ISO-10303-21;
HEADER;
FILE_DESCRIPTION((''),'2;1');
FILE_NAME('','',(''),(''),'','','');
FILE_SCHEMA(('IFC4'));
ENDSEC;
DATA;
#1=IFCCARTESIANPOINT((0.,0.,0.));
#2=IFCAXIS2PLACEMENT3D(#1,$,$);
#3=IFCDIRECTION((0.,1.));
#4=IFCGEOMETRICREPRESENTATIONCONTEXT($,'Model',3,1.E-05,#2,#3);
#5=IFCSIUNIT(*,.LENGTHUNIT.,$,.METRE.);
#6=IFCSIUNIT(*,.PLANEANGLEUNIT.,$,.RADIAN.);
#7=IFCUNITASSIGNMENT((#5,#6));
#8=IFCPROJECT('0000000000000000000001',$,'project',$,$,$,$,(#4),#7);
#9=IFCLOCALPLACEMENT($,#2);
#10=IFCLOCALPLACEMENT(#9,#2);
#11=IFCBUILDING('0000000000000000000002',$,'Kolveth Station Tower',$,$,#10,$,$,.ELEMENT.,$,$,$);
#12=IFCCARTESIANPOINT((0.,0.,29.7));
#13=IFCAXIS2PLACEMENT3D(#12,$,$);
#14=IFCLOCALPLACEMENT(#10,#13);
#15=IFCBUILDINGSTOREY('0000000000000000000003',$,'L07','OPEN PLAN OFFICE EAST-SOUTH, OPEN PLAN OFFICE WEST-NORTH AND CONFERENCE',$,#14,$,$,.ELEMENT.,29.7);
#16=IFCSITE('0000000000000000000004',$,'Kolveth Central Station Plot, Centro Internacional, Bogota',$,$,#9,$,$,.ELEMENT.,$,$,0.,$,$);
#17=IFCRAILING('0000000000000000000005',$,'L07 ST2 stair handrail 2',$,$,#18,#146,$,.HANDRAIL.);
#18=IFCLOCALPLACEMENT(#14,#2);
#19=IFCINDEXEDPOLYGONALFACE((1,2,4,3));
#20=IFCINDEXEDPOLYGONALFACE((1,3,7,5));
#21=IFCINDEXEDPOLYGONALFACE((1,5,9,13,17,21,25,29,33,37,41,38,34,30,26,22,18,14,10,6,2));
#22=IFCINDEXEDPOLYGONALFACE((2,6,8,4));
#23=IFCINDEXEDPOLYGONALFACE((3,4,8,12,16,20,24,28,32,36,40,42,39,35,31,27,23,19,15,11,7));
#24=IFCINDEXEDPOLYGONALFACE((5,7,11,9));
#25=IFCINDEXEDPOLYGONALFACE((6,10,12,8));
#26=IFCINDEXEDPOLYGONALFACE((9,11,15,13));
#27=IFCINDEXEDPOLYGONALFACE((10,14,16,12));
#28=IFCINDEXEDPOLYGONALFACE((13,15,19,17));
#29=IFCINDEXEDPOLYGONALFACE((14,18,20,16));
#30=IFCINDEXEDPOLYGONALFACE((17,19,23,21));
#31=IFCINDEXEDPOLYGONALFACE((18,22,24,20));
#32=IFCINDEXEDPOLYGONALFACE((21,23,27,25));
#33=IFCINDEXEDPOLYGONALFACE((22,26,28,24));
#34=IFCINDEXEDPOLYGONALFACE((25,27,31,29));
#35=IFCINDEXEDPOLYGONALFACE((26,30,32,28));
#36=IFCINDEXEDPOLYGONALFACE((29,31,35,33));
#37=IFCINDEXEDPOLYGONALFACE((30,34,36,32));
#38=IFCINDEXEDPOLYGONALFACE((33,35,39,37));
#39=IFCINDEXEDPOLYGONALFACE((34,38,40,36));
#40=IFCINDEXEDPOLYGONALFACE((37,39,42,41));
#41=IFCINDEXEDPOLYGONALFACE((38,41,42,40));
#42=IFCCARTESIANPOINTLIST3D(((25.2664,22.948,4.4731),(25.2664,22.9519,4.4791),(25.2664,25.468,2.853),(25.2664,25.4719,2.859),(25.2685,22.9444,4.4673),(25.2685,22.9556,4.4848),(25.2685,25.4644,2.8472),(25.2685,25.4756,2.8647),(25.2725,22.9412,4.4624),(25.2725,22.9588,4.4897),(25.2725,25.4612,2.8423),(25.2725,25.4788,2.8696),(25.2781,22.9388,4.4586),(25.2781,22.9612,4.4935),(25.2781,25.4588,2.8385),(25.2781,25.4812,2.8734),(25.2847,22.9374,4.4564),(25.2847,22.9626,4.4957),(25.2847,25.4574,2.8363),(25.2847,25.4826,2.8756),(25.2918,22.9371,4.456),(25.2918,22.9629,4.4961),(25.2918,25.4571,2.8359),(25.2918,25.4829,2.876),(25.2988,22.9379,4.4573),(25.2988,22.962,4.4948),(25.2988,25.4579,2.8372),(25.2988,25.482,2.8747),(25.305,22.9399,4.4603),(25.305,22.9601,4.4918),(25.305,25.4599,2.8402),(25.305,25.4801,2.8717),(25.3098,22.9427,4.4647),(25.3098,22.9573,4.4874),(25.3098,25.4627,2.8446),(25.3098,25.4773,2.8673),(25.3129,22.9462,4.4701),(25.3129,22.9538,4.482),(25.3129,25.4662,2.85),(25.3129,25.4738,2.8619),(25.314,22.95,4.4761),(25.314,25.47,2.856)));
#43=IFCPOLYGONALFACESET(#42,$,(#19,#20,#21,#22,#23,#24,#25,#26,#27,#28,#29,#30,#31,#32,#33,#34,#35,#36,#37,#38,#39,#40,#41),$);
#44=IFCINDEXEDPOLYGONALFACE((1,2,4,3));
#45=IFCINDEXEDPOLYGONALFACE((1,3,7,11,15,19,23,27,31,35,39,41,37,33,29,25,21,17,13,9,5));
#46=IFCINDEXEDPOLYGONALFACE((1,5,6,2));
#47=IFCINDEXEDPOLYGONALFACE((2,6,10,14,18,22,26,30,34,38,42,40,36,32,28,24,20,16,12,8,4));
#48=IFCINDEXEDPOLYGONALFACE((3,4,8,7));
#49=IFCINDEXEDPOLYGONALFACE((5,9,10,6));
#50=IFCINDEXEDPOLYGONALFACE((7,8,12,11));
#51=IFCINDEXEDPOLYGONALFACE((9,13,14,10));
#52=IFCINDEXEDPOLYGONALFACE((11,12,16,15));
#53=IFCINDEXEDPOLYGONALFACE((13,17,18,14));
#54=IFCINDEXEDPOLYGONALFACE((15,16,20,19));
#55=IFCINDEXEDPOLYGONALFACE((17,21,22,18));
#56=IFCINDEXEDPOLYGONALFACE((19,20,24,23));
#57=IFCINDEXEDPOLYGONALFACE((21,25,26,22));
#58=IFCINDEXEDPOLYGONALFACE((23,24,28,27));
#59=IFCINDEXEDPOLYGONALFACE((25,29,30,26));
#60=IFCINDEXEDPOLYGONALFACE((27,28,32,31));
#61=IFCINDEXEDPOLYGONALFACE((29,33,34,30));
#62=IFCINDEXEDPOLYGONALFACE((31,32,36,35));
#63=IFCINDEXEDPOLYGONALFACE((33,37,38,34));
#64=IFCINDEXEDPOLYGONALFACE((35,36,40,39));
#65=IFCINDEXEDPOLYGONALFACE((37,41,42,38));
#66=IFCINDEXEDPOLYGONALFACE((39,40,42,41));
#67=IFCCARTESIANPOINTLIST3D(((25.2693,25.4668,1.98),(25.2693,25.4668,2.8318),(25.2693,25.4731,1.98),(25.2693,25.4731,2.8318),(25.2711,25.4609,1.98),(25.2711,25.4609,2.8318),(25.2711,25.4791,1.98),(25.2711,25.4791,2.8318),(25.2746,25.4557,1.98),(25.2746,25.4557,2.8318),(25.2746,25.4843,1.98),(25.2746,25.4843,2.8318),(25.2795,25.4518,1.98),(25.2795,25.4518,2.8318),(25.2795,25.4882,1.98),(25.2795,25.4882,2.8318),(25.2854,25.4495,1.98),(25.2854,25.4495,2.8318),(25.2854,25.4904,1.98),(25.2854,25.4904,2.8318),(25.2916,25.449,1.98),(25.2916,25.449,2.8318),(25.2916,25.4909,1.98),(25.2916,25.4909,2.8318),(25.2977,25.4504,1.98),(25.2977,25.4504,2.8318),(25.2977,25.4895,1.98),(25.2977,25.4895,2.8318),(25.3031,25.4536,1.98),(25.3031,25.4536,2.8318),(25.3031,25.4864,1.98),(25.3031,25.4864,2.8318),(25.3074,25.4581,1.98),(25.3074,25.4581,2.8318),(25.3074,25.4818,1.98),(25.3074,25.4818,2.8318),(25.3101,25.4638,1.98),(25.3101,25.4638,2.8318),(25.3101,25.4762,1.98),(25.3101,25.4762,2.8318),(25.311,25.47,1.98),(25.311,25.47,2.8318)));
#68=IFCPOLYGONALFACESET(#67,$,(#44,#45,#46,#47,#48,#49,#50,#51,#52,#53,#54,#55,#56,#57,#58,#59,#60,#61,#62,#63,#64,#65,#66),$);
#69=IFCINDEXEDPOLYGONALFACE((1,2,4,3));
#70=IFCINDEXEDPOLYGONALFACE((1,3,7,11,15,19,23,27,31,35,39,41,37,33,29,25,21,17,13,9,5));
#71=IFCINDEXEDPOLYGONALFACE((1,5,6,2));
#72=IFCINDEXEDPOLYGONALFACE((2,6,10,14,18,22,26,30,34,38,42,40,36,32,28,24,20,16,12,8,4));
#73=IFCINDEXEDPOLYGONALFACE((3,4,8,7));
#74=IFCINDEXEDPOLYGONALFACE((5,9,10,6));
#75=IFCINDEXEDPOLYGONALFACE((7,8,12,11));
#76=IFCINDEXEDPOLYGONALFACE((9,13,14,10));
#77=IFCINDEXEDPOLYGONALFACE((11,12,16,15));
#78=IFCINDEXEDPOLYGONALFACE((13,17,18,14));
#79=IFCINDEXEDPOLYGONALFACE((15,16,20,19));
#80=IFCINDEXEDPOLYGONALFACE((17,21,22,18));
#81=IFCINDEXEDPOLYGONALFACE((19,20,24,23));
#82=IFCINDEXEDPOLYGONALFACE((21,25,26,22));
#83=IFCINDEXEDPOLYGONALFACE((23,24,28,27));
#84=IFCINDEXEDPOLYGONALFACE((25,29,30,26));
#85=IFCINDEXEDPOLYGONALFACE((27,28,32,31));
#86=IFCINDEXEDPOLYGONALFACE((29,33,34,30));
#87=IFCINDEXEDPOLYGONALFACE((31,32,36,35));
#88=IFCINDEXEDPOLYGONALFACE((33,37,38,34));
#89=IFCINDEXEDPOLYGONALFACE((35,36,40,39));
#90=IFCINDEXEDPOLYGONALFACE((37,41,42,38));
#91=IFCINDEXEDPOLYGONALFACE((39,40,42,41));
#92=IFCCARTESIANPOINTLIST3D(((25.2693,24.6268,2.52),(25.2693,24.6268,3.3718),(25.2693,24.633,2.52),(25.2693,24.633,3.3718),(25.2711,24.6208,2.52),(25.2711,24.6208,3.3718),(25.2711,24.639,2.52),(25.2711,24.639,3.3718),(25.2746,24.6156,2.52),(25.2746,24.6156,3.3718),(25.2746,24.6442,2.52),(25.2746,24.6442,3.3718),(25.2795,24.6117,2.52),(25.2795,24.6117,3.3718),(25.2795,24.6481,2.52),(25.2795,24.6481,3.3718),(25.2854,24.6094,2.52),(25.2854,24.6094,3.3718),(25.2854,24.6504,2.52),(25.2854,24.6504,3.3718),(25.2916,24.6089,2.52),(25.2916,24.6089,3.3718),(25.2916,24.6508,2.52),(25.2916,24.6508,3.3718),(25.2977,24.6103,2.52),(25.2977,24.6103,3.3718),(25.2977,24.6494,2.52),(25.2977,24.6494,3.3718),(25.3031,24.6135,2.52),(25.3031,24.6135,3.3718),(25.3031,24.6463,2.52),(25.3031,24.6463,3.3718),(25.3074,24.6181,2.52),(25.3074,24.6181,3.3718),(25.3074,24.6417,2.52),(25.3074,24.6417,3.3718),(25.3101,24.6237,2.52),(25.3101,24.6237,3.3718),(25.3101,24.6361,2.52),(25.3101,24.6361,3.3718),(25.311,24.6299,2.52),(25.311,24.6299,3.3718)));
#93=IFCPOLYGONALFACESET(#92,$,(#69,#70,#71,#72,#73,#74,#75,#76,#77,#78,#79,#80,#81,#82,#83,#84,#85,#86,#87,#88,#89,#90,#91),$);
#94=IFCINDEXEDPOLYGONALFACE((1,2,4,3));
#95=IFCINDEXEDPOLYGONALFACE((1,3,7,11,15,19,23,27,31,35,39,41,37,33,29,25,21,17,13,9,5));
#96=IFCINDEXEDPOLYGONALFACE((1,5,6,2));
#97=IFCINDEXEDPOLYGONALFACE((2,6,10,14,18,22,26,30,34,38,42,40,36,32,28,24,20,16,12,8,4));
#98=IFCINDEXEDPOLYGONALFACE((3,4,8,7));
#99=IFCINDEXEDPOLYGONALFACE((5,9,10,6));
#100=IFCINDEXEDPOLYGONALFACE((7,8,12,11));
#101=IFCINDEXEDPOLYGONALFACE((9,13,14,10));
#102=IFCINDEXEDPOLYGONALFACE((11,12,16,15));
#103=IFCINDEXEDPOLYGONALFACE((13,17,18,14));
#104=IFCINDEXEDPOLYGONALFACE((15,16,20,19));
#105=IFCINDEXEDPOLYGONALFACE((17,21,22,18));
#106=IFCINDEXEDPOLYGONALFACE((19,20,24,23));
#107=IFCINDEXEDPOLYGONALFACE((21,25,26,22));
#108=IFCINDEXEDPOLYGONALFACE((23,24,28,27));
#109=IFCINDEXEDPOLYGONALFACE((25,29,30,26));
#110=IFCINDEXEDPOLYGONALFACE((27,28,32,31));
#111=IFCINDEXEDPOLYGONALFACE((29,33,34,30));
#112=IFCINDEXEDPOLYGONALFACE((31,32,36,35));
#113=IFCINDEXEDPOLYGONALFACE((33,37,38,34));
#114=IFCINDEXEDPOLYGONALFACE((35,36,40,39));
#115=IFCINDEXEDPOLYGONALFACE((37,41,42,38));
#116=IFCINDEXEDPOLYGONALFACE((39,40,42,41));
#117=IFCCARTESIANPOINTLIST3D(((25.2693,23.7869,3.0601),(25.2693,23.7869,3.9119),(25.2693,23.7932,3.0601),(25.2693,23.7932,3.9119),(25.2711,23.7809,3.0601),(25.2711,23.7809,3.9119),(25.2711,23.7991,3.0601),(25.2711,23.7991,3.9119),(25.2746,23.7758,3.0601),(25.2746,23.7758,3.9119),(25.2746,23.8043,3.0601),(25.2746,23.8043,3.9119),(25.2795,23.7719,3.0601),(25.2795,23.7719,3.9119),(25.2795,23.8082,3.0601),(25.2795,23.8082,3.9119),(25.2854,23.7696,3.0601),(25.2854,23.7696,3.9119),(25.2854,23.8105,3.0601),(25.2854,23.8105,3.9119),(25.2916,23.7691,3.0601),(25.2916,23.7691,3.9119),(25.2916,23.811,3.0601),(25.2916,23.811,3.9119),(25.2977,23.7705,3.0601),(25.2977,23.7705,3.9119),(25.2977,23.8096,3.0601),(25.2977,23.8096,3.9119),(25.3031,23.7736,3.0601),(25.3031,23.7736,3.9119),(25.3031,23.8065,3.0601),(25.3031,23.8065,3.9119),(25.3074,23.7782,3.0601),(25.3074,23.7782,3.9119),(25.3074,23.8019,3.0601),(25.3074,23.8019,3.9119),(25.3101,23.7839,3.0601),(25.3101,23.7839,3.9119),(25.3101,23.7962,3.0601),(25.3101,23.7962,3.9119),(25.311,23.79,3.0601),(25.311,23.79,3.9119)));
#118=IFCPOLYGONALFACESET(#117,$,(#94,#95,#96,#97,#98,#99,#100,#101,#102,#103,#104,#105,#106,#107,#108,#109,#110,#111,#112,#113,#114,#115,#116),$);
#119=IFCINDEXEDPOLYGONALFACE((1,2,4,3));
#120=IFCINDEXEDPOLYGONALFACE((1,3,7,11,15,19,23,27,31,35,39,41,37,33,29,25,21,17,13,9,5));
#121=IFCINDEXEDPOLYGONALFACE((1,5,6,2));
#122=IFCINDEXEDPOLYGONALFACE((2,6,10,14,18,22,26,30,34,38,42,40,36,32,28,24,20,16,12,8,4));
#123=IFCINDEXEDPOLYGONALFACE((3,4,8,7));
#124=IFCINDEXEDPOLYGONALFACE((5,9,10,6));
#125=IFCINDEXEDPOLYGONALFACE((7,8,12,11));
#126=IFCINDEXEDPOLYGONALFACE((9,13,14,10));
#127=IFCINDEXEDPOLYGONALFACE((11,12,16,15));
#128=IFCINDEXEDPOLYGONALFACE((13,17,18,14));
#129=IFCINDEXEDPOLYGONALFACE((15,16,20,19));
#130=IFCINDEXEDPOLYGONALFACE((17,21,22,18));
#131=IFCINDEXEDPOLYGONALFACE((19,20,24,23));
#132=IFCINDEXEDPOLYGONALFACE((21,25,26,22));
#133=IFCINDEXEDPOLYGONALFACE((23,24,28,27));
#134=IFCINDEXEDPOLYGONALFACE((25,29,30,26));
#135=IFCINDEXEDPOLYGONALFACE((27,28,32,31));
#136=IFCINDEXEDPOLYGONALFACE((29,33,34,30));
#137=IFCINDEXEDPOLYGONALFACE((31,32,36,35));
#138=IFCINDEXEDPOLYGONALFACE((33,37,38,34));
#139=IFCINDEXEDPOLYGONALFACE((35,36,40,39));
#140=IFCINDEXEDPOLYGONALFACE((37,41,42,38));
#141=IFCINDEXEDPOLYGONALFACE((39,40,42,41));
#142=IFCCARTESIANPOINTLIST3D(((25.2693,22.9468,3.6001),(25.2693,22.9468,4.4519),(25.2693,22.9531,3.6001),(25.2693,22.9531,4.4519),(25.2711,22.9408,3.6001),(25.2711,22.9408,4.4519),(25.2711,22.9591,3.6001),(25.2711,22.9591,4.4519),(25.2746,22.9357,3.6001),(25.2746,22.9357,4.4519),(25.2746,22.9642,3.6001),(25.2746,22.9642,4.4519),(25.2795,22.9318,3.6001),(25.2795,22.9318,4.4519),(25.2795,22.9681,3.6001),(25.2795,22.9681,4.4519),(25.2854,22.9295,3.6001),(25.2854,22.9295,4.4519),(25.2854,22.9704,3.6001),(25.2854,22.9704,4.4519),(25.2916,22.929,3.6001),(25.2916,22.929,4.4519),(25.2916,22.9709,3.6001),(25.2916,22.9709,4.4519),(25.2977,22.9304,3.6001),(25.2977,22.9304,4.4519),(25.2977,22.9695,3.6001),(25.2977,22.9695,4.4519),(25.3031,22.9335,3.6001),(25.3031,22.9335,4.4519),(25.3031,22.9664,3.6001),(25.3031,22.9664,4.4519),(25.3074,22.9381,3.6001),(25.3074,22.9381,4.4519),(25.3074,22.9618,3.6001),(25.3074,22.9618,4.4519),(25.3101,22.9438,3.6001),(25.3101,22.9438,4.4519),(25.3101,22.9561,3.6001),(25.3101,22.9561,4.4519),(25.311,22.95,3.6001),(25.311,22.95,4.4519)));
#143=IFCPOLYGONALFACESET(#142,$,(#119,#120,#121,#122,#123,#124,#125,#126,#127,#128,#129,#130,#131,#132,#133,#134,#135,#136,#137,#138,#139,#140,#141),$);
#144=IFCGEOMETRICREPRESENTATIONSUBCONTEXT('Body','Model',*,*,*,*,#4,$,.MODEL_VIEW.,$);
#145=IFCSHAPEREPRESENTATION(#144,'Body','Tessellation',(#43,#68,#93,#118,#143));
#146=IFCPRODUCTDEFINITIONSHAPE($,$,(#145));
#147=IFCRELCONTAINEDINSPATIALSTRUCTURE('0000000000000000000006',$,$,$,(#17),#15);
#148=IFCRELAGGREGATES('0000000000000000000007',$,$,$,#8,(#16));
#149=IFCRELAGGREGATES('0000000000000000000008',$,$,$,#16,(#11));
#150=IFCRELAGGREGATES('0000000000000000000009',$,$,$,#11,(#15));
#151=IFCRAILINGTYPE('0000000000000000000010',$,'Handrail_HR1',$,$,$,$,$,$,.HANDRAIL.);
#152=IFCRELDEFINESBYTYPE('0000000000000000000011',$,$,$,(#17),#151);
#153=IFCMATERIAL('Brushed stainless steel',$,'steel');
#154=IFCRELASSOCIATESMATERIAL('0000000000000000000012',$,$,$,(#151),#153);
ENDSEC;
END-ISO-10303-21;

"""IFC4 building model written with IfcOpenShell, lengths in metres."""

from ifc_helpers import new_model, si_unit, direction, frame, origin, origin_2d, place, context, subcontext, project, spatial, circle, extrude, material, type_object, element, save


model = new_model("IFC4")

# Units and contexts
model_context = context("Model", 3, precision=1e-05, world=origin(), true_north=direction((0.0, 1.0)))
body_context = subcontext(model_context, "Body", "Model", "MODEL_VIEW")
ifc_project = project(units=[si_unit("LENGTHUNIT", "METRE"), si_unit("PLANEANGLEUNIT", "RADIAN")], contexts=[model_context])

# Site, building, storey
site_placement = place(None, origin())
site = spatial("IfcSite", under=ifc_project, at=site_placement, Name="Kolveth Central Station Plot, Centro Internacional, Bogota", CompositionType="ELEMENT", RefElevation=0.0)
building_placement = place(site_placement, origin())
building = spatial("IfcBuilding", under=site, at=building_placement, Name="Kolveth Station Tower", CompositionType="ELEMENT")
storey_placement = place(building_placement, frame((0.0, 0.0, 29.7)))
storey = spatial("IfcBuildingStorey", under=building, at=storey_placement, Name="L07", Description="OPEN PLAN OFFICE EAST-SOUTH, OPEN PLAN OFFICE WEST-NORTH AND CONFERENCE", CompositionType="ELEMENT", Elevation=29.7)

# Railing
ifc_material_1 = material(Name="Brushed stainless steel", Category="steel")
railing_type_1 = type_object("IfcRailingType", Name="Handrail_HR1", PredefinedType="HANDRAIL", material=ifc_material_1)
railing_1_placement = place(storey_placement, frame((25.29, 25.47, 1.98)))
element("IfcRailing", 1, at=railing_1_placement, inside=storey, type_object=railing_type_1, Name="L07 ST2 stair handrail 2", PredefinedType="HANDRAIL", context=body_context, shape_type="SweptSolid", body=[
    extrude(circle(Radius=0.0239, at=origin_2d()), frame((0.0, 0.0, 0.876), z_axis=(0.0, -0.841163, 0.540782), x_axis=(1.0, 0.0, 0.0)), (0.0, 0.0, 1.0), 2.9958),
    extrude(circle(Radius=0.021, at=origin_2d()), origin(), (0.0, 0.0, 1.0), 0.8518),
    extrude(circle(Radius=0.021, at=origin_2d()), frame((0.0, -0.8401, 0.54)), (0.0, 0.0, 1.0), 0.8518),
    extrude(circle(Radius=0.021, at=origin_2d()), frame((0.0, -1.6799, 1.0801)), (0.0, 0.0, 1.0), 0.8518),
    extrude(circle(Radius=0.021, at=origin_2d()), frame((0.0, -2.52, 1.6201)), (0.0, 0.0, 1.0), 0.8518),
])

save(model, "model.ifc")
